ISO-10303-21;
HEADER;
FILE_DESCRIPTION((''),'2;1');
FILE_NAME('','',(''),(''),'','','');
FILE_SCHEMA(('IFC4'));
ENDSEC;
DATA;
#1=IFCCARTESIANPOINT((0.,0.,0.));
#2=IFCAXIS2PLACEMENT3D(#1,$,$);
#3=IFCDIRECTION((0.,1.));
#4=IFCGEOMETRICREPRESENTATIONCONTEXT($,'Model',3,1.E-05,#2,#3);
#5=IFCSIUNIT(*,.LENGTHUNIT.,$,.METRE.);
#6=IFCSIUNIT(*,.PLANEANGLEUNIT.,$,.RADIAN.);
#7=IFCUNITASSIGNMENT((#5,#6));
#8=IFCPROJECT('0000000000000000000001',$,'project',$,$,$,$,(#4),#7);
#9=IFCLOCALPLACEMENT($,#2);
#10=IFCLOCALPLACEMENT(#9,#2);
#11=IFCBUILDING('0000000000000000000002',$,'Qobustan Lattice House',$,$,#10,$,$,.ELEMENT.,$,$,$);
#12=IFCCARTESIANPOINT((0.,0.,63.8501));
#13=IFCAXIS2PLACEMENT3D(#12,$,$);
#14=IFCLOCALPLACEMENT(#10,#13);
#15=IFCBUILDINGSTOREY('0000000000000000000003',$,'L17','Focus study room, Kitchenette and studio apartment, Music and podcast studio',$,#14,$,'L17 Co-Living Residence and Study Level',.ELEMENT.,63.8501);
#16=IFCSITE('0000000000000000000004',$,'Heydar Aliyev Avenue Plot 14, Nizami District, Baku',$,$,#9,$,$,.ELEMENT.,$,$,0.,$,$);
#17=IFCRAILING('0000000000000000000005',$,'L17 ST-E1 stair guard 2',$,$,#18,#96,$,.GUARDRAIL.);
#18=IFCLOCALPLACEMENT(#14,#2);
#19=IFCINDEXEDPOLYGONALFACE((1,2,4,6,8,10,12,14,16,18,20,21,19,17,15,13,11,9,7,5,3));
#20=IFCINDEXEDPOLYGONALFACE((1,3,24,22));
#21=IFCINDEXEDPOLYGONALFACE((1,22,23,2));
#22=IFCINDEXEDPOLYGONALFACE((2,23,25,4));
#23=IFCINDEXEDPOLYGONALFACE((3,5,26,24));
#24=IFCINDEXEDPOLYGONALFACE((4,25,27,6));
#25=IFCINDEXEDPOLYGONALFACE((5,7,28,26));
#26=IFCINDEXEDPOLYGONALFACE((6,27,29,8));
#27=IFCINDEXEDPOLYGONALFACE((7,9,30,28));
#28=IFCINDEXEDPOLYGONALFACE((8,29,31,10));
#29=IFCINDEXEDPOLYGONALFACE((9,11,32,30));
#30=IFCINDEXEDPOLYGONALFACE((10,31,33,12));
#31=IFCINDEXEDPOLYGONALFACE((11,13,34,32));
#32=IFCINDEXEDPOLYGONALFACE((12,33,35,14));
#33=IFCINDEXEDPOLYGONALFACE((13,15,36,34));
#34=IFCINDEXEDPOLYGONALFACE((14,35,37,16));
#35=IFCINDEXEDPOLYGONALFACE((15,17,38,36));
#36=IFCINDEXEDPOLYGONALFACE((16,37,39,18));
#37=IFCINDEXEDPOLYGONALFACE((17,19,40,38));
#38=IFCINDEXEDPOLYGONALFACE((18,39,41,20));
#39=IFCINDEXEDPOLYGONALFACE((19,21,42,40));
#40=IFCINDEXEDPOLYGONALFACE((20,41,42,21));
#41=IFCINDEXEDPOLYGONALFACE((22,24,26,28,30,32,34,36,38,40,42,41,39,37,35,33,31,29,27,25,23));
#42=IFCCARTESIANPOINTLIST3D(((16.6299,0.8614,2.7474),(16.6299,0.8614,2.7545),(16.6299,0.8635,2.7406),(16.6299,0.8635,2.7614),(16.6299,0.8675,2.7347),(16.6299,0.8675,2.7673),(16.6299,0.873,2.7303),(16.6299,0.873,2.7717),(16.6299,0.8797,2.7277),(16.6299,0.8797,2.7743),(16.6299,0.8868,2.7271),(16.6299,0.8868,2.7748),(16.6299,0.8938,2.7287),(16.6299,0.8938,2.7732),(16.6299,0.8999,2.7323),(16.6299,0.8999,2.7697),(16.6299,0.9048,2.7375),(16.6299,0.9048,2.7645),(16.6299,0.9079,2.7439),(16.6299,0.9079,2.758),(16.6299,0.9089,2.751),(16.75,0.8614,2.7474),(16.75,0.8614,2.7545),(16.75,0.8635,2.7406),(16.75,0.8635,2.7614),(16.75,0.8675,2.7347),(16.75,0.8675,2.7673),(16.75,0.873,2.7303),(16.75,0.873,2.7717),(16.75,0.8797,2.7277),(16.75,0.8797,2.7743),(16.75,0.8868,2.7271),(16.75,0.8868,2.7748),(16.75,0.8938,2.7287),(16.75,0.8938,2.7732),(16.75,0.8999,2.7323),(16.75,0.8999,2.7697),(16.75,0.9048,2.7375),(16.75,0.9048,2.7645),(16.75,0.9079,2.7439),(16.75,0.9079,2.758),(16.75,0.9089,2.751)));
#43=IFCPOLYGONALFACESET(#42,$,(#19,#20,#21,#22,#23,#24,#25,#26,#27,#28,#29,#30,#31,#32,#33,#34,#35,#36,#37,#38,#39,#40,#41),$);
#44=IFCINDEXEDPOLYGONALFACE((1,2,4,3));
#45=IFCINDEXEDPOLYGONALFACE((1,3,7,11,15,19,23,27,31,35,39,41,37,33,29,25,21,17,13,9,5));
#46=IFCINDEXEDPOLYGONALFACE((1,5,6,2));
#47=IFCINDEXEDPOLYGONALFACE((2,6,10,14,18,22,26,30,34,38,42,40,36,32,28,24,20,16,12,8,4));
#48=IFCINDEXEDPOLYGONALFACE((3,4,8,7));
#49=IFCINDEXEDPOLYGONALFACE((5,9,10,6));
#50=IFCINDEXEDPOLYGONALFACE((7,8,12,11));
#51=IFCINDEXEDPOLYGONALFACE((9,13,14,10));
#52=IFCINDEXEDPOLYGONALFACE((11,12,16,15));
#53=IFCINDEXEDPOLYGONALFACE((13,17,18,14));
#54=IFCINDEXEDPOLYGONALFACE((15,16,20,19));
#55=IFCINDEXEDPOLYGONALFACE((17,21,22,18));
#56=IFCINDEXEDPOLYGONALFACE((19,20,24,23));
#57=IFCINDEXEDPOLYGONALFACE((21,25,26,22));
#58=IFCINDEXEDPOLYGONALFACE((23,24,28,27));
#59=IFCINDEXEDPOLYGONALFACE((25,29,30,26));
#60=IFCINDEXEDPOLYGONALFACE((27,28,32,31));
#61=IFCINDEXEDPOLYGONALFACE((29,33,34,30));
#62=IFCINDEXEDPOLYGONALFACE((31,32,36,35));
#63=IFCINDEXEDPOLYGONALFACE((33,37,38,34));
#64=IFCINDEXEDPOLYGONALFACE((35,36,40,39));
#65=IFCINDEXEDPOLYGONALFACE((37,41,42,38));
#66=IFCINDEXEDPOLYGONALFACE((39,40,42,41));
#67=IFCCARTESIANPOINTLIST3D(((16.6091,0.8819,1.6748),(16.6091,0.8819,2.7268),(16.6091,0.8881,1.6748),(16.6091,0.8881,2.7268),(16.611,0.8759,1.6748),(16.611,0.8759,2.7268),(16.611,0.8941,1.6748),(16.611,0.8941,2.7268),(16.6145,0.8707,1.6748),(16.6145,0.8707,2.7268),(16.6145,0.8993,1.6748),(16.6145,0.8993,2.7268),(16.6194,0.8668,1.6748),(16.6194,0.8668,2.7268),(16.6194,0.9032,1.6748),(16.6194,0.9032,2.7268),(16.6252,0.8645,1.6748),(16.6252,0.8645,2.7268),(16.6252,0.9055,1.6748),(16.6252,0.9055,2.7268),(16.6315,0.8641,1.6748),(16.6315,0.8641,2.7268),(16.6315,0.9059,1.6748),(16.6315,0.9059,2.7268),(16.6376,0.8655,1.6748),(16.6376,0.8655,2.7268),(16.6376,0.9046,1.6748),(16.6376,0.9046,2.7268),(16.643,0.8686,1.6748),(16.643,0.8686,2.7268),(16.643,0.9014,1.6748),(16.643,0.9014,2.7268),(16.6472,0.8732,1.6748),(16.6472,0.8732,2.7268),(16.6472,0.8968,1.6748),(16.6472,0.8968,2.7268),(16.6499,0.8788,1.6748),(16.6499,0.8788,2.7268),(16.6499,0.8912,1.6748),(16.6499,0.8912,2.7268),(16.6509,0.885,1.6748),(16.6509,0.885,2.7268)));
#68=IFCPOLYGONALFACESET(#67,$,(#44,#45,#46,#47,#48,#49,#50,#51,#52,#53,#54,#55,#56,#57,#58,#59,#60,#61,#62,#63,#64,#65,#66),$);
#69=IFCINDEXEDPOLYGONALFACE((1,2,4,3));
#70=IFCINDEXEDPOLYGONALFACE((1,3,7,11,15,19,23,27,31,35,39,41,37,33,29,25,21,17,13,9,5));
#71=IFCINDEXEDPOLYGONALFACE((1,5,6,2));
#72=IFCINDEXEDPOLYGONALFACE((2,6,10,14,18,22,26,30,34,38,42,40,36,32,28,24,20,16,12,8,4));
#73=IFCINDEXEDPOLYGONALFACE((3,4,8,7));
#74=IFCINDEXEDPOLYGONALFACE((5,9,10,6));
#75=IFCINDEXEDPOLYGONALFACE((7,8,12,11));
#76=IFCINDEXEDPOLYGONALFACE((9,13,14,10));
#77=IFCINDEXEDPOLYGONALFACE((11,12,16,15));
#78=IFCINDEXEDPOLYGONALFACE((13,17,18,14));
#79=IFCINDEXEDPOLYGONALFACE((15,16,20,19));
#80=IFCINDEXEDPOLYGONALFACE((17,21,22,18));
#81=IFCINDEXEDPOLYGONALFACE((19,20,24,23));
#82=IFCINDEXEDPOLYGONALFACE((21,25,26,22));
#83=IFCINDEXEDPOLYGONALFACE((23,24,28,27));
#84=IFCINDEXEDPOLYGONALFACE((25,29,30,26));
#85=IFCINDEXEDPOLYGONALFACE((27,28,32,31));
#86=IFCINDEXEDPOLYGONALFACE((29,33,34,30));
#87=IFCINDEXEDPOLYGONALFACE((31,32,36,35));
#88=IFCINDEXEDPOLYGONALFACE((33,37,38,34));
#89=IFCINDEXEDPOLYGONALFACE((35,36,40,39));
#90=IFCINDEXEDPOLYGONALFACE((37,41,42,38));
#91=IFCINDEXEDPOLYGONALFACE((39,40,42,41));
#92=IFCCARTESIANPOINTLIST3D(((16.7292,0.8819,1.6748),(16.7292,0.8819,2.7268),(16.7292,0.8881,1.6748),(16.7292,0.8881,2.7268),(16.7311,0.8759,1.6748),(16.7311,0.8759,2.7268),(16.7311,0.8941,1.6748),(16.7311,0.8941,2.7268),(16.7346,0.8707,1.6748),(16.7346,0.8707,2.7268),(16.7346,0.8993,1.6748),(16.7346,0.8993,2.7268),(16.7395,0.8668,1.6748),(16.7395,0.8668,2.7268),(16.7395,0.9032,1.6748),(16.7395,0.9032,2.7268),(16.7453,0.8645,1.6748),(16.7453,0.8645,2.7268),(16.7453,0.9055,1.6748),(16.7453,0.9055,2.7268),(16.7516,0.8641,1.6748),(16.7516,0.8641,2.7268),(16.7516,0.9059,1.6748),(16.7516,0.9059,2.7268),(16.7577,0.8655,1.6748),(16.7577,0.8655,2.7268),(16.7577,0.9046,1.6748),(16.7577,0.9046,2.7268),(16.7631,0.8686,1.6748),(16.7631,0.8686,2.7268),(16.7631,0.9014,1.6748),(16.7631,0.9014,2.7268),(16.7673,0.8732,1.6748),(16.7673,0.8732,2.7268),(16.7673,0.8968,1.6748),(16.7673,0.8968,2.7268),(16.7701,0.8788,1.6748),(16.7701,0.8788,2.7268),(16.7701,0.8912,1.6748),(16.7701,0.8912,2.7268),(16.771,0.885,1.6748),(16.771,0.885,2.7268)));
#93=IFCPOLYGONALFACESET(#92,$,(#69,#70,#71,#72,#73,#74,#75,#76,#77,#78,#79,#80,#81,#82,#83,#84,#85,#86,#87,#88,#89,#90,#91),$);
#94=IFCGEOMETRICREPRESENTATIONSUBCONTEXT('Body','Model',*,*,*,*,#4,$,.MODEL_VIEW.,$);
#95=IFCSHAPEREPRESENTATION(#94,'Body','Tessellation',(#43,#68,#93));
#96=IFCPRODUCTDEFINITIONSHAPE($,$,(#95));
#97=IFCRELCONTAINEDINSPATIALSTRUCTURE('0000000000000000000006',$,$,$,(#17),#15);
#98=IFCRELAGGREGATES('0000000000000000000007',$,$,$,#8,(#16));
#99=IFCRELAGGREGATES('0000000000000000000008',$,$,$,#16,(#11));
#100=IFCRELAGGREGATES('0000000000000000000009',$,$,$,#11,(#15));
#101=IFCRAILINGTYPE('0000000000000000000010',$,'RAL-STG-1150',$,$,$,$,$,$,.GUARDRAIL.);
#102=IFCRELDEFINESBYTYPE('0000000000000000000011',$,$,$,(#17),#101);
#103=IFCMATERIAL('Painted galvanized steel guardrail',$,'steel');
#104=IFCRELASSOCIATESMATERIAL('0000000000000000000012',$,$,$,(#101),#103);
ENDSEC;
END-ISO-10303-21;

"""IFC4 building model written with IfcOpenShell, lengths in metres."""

from ifc_helpers import new_model, si_unit, direction, frame, origin, origin_2d, place, context, subcontext, project, spatial, circle, extrude, material, type_object, element, save


model = new_model("IFC4")

# Units and contexts
model_context = context("Model", 3, precision=1e-05, world=origin(), true_north=direction((0.0, 1.0)))
body_context = subcontext(model_context, "Body", "Model", "MODEL_VIEW")
ifc_project = project(units=[si_unit("LENGTHUNIT", "METRE"), si_unit("PLANEANGLEUNIT", "RADIAN")], contexts=[model_context])

# Site, building, storey
site_placement = place(None, origin())
site = spatial("IfcSite", under=ifc_project, at=site_placement, Name="Heydar Aliyev Avenue Plot 14, Nizami District, Baku", CompositionType="ELEMENT", RefElevation=0.0)
building_placement = place(site_placement, origin())
building = spatial("IfcBuilding", under=site, at=building_placement, Name="Qobustan Lattice House", CompositionType="ELEMENT")
storey_placement = place(building_placement, frame((0.0, 0.0, 63.8501)))
storey = spatial("IfcBuildingStorey", under=building, at=storey_placement, Name="L17", Description="Focus study room, Kitchenette and studio apartment, Music and podcast studio", LongName="L17 Co-Living Residence and Study Level", CompositionType="ELEMENT", Elevation=63.8501)

# Railing
ifc_material_1 = material(Name="Painted galvanized steel guardrail", Category="steel")
railing_type_1 = type_object("IfcRailingType", Name="RAL-STG-1150", PredefinedType="GUARDRAIL", material=ifc_material_1)
railing_1_placement = place(storey_placement, frame((16.6299, 0.885, 1.6748)))
element("IfcRailing", 1, at=railing_1_placement, inside=storey, type_object=railing_type_1, Name="L17 ST-E1 stair guard 2", PredefinedType="GUARDRAIL", context=body_context, shape_type="SweptSolid", body=[
    extrude(circle(Radius=0.0239, at=origin_2d()), frame((0.0, 0.0, 1.0762), z_axis=(1.0, 0.0, 0.0), x_axis=(0.0, 1.0, 0.0)), (0.0, 0.0, 1.0), 0.1201),
    extrude(circle(Radius=0.021, at=origin_2d()), origin(), (0.0, 0.0, 1.0), 1.052),
    extrude(circle(Radius=0.021, at=origin_2d()), frame((0.1201, 0.0, 0.0)), (0.0, 0.0, 1.0), 1.052),
])

save(model, "model.ifc")
